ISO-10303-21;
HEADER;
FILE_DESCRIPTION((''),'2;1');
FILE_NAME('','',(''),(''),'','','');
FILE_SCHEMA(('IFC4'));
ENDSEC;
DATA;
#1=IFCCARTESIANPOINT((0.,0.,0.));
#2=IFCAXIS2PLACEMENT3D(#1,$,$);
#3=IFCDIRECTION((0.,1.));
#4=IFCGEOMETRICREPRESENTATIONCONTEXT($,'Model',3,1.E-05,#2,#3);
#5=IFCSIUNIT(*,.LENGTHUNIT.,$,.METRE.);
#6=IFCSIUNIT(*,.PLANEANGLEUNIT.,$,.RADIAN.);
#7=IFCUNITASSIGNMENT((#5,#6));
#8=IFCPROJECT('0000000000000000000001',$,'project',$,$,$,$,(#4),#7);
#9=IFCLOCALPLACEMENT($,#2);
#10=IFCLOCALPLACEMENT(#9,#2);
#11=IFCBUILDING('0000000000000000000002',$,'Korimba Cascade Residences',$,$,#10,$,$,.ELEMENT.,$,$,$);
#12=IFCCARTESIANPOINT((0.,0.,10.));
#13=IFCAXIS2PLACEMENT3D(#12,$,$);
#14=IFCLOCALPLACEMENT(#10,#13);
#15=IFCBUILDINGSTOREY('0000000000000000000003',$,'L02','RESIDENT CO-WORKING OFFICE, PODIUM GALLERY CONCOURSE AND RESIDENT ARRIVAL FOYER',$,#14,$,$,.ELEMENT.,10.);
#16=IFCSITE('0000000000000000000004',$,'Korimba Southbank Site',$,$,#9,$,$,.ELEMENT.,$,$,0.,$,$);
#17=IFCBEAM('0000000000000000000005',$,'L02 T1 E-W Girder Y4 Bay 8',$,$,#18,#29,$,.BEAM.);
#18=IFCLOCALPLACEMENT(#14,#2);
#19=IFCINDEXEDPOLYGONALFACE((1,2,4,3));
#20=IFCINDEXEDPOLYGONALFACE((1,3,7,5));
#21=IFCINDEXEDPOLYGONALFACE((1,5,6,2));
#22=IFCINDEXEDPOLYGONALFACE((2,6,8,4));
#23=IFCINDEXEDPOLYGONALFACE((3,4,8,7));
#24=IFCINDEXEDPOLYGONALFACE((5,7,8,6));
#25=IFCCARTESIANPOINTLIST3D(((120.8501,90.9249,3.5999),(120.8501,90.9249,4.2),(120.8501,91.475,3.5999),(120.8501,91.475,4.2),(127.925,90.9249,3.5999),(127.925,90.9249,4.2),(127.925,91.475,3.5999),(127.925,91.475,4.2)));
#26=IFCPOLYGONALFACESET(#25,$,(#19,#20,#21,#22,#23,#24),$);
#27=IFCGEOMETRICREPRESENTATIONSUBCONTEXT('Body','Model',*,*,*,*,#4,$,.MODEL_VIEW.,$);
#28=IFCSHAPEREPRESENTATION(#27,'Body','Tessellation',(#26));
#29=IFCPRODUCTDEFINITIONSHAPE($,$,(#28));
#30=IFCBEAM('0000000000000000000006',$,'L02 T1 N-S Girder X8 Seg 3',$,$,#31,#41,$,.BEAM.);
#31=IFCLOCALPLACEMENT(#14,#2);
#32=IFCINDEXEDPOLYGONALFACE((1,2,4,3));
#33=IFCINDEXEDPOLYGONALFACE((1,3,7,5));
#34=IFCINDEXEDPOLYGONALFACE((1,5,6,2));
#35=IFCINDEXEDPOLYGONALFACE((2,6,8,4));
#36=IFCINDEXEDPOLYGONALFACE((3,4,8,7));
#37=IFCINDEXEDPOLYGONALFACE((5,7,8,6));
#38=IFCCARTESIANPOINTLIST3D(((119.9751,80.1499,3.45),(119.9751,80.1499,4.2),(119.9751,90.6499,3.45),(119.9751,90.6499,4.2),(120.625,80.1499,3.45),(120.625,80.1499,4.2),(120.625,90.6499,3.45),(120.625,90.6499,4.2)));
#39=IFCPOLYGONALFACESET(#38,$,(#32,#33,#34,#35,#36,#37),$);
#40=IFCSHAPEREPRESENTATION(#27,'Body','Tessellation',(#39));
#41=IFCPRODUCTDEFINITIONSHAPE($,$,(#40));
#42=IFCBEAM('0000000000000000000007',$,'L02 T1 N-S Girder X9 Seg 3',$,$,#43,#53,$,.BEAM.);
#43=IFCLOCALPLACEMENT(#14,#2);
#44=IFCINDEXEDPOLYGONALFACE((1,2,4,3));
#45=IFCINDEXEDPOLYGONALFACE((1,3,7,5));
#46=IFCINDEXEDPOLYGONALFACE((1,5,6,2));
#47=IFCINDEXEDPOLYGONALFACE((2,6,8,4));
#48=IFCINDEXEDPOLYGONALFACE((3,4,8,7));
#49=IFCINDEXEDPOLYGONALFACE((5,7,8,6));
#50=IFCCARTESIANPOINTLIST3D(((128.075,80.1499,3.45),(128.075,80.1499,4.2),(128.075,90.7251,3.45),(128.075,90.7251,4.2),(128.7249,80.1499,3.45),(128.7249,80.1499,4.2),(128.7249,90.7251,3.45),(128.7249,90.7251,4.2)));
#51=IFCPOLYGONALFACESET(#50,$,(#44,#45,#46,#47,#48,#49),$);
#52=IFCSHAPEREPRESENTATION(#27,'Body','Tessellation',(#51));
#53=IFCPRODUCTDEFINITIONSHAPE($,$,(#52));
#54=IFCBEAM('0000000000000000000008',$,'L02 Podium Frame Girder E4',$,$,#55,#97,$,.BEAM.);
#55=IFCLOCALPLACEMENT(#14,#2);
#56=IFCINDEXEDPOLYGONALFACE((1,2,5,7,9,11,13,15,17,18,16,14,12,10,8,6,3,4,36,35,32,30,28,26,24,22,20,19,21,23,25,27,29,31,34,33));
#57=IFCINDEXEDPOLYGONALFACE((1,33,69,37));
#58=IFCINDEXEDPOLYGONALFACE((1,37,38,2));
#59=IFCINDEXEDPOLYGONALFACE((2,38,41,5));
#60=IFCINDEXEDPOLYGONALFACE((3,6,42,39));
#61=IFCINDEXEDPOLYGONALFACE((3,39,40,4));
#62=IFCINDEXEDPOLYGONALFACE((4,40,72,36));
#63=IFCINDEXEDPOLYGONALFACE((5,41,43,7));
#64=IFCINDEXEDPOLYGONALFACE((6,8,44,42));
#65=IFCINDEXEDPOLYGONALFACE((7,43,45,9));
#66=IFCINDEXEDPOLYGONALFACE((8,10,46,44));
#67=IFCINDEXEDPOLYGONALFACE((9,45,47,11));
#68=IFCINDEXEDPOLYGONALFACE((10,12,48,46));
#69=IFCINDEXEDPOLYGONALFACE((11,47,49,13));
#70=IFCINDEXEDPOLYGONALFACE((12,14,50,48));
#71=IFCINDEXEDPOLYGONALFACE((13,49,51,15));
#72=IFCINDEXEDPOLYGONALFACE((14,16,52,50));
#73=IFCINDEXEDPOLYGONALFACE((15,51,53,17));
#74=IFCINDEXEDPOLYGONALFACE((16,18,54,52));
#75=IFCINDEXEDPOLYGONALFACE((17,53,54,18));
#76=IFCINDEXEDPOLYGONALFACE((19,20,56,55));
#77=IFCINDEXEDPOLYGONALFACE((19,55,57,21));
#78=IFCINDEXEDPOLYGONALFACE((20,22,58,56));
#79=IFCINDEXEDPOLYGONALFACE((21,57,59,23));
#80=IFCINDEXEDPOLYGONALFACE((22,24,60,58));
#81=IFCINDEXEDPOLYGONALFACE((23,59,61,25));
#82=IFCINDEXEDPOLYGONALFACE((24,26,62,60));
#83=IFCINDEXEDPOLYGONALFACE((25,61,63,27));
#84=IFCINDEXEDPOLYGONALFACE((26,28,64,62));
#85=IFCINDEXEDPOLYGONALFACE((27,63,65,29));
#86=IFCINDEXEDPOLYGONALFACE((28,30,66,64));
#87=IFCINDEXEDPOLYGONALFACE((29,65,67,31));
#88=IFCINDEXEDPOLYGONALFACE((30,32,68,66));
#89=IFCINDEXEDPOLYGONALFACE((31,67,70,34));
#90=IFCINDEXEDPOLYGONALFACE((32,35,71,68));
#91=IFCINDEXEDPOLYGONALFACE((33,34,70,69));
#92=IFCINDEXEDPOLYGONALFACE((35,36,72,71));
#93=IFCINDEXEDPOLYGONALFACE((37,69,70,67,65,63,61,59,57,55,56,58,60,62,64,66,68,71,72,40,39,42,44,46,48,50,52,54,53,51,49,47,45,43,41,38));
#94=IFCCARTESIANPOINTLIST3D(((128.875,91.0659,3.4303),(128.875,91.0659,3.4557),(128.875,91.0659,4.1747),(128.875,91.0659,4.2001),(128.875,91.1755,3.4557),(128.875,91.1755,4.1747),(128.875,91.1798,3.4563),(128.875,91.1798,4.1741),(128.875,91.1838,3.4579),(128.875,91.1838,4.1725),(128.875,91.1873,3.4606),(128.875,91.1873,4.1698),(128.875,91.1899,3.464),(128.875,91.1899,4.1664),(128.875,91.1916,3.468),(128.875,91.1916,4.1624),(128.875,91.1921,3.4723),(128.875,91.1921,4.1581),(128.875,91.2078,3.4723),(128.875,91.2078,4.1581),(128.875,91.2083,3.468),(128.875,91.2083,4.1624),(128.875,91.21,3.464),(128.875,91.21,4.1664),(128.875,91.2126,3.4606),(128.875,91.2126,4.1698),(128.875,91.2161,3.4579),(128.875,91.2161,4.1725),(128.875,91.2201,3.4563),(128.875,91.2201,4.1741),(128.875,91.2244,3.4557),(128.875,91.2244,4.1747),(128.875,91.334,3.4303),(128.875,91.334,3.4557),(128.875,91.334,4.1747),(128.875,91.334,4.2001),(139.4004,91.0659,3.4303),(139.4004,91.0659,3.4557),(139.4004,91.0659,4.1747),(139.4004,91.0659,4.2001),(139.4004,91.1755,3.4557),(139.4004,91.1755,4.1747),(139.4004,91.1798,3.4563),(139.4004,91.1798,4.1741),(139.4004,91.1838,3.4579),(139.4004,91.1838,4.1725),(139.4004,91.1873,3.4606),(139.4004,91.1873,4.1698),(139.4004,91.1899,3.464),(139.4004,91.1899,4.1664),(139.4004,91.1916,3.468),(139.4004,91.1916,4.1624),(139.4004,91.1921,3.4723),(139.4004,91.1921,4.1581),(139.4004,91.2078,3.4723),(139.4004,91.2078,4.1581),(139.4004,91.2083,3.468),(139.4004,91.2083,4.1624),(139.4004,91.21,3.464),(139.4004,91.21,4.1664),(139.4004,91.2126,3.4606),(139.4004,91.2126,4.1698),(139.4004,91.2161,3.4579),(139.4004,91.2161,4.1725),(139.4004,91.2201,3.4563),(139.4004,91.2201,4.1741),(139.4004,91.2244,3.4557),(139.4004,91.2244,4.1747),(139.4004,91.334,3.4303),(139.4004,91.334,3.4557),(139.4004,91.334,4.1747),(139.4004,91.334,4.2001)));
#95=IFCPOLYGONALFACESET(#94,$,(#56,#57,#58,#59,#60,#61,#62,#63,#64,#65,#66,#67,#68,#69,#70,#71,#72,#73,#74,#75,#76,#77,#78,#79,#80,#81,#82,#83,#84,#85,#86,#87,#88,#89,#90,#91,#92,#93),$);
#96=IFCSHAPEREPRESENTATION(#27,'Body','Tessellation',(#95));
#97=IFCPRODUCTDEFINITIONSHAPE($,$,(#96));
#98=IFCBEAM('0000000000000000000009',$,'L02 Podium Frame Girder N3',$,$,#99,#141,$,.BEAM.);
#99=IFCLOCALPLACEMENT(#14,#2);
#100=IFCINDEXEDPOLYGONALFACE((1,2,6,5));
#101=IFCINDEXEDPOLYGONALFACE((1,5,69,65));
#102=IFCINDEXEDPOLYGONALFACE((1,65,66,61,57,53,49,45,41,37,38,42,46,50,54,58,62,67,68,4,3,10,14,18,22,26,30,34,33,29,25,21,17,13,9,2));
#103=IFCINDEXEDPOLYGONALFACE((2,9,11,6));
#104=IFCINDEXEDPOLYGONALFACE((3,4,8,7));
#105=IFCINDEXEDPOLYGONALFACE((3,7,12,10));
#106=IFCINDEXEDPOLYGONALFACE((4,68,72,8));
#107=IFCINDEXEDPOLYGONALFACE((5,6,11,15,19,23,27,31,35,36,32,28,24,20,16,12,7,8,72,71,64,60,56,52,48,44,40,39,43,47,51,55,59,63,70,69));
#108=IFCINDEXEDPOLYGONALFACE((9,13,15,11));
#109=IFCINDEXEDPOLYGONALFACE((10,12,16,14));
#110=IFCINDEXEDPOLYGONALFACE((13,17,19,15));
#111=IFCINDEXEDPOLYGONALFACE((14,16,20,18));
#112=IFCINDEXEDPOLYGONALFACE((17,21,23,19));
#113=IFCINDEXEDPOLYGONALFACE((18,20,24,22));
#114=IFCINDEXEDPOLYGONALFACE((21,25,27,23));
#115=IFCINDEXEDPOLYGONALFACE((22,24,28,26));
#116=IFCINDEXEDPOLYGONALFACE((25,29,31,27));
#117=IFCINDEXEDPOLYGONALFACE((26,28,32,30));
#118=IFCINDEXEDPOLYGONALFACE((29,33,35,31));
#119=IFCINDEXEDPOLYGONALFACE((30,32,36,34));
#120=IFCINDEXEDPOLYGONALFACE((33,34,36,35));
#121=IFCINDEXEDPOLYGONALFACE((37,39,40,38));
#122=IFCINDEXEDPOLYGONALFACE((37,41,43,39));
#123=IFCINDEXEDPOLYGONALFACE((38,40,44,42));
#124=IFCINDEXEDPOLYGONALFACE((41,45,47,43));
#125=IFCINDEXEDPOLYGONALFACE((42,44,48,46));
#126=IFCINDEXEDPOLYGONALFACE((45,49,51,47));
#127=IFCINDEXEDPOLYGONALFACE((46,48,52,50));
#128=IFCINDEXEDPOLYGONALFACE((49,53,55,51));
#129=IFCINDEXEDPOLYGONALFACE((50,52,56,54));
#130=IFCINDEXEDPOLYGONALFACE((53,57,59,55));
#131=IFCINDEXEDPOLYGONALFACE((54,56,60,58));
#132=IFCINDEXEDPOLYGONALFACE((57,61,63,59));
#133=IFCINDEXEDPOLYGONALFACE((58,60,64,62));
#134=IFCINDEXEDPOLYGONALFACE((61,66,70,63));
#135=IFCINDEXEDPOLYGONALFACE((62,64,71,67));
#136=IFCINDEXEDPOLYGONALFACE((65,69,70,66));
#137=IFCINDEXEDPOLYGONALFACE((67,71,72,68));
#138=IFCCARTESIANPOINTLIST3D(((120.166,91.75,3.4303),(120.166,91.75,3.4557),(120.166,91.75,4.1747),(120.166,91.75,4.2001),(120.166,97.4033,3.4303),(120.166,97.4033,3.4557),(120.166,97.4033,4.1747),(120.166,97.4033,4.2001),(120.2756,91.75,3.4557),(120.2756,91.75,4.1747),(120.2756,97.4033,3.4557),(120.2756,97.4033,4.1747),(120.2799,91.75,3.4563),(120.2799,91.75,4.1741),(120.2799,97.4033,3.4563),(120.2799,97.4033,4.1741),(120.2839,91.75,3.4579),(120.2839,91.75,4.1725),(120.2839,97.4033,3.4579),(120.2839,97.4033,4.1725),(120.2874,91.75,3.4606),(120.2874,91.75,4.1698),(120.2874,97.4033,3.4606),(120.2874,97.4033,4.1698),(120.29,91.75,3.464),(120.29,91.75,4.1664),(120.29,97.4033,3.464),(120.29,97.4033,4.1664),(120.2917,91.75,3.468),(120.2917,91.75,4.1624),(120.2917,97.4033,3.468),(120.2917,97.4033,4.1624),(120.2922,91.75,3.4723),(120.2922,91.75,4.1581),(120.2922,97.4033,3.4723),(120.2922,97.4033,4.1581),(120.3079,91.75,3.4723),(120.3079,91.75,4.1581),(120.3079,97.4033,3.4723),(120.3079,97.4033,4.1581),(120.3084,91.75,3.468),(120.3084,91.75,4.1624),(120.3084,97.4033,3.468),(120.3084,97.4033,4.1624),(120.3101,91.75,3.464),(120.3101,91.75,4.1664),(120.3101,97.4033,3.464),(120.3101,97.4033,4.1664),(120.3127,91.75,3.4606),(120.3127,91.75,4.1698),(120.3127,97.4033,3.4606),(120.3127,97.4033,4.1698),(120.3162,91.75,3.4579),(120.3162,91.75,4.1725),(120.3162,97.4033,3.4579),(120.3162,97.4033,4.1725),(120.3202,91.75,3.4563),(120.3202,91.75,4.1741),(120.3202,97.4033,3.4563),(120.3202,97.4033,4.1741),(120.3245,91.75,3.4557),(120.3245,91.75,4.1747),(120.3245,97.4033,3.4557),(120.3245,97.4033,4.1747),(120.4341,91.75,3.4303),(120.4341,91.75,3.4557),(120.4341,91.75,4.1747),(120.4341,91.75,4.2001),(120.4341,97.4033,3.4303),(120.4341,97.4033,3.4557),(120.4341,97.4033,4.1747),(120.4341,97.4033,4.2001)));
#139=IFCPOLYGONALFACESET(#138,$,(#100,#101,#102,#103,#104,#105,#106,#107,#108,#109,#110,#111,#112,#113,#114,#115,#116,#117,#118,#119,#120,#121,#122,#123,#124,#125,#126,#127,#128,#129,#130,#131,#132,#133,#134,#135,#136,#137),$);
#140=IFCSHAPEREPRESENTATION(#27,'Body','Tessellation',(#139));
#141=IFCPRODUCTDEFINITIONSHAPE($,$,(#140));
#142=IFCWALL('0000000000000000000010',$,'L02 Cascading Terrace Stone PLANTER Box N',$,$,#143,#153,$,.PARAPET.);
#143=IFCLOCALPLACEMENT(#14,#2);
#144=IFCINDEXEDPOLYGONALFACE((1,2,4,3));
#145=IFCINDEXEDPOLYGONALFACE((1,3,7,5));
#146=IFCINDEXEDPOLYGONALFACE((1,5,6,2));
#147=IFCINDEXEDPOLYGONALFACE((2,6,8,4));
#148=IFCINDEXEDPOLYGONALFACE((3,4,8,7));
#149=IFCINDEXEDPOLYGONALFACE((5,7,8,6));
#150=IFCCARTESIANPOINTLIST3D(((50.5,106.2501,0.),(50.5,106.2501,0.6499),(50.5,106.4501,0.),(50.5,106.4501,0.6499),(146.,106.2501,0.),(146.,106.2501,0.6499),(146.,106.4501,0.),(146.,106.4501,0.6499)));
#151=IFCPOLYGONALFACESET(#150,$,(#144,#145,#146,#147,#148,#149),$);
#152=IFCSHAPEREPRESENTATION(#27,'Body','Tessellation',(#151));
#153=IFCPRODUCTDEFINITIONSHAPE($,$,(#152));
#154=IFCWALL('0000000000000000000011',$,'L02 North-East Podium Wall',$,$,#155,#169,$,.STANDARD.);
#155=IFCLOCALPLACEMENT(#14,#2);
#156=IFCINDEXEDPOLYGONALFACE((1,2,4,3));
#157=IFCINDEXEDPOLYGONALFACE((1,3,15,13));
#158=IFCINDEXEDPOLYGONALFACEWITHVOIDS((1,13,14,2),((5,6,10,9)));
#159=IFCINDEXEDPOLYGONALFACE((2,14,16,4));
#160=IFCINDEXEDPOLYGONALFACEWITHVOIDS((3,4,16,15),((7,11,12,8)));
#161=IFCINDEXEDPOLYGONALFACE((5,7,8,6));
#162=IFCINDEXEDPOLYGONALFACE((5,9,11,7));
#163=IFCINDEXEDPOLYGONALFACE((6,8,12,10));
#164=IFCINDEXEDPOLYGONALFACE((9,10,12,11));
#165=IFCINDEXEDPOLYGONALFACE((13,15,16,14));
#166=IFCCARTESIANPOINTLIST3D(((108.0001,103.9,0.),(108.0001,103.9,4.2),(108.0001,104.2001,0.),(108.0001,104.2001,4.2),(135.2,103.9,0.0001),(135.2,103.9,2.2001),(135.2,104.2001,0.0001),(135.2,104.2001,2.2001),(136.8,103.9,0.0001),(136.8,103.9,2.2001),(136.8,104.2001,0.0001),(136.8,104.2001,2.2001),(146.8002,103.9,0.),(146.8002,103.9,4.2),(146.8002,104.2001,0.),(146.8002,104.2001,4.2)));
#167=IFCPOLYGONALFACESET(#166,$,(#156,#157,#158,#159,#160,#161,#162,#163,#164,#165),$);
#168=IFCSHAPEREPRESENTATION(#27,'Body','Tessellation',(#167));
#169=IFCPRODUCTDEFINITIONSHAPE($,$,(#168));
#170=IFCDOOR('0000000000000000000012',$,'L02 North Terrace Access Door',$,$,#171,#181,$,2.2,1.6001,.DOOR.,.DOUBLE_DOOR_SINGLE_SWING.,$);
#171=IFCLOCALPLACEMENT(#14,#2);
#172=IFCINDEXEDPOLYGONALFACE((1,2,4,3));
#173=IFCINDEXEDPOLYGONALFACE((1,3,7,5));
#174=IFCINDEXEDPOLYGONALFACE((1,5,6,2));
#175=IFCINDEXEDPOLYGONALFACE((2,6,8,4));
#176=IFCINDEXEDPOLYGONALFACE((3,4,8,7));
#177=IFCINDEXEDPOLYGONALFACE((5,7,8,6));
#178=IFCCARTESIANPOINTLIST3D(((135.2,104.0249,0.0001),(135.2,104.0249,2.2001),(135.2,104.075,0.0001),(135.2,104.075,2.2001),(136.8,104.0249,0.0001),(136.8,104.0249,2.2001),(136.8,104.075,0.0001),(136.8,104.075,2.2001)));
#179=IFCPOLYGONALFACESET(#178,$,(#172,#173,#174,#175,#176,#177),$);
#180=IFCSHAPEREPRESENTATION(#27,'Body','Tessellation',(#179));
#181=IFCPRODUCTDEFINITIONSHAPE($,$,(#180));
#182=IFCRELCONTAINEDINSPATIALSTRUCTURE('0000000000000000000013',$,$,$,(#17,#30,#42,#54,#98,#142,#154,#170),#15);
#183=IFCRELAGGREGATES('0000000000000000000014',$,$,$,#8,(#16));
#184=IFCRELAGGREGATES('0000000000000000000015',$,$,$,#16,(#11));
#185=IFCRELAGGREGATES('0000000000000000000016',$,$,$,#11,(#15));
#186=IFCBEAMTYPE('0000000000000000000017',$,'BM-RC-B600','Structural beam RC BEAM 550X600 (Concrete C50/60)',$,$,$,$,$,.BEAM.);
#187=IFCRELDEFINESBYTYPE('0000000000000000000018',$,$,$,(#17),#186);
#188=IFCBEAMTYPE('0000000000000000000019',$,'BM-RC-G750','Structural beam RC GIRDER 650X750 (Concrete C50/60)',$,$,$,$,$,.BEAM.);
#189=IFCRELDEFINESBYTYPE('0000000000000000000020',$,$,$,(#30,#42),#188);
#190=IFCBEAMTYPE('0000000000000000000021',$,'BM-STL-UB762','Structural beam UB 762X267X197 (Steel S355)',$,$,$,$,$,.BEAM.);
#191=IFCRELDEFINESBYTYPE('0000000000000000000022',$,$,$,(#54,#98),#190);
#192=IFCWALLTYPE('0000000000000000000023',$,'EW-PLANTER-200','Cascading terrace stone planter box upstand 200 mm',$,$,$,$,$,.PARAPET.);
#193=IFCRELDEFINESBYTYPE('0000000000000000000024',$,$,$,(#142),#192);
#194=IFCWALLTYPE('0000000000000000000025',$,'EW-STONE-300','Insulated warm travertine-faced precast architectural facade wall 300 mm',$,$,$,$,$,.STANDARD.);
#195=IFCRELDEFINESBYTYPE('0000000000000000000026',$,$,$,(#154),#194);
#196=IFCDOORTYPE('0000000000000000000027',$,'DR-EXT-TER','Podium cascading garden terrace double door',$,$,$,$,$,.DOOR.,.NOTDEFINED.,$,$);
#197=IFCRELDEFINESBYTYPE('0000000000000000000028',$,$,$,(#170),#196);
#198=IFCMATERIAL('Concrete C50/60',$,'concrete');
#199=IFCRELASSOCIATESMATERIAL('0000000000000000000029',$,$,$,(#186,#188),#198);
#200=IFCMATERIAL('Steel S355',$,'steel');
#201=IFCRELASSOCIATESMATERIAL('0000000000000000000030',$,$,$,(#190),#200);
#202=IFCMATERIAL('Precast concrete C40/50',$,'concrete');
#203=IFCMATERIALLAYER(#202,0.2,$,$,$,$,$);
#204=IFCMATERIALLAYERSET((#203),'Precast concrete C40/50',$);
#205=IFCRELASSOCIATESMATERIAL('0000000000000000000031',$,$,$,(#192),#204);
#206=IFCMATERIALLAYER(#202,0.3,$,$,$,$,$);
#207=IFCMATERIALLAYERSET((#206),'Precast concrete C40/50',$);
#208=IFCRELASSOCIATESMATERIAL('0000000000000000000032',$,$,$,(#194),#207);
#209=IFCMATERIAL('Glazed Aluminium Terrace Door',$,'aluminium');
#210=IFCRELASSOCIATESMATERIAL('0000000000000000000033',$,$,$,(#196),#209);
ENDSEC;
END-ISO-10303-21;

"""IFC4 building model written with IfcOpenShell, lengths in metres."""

from ifc_helpers import new_model, si_unit, direction, frame, frame_2d, origin, origin_2d, place, context, subcontext, project, spatial, rectangle, i_section, extrude, material, layer, layer_set, material_profile, profile_set, type_object, element, fill, save


model = new_model("IFC4")

# Units and contexts
model_context = context("Model", 3, precision=1e-05, world=origin(), true_north=direction((0.0, 1.0)))
body_context = subcontext(model_context, "Body", "Model", "MODEL_VIEW")
ifc_project = project(units=[si_unit("LENGTHUNIT", "METRE"), si_unit("PLANEANGLEUNIT", "RADIAN")], contexts=[model_context])

# Site, building, storey
site_placement = place(None, origin())
site = spatial("IfcSite", under=ifc_project, at=site_placement, Name="Korimba Southbank Site", CompositionType="ELEMENT", RefElevation=0.0)
building_placement = place(site_placement, origin())
building = spatial("IfcBuilding", under=site, at=building_placement, Name="Korimba Cascade Residences", CompositionType="ELEMENT")
storey_placement = place(building_placement, frame((0.0, 0.0, 10.0)))
storey = spatial("IfcBuildingStorey", under=building, at=storey_placement, Name="L02", Description="RESIDENT CO-WORKING OFFICE, PODIUM GALLERY CONCOURSE AND RESIDENT ARRIVAL FOYER", CompositionType="ELEMENT", Elevation=10.0)

# Shared definitions
ifc_material_1 = material(Name="Steel S355", Category="steel")

# Beams
ifc_material_2 = material(Name="Concrete C50/60", Category="concrete")
ifc_material_profile_1 = material_profile(ifc_material_2, rectangle(XDim=0.55, YDim=0.6001, at=origin_2d()), Name="Concrete C50/60")
ifc_profile_set_1 = profile_set([ifc_material_profile_1], Name="Concrete C50/60")
beam_type_1 = type_object("IfcBeamType", Name="BM-RC-B600", Description="Structural beam RC BEAM 550X600 (Concrete C50/60)", PredefinedType="BEAM", material=ifc_profile_set_1)
beam_1_placement = place(storey_placement, frame((120.8501, 91.2, 3.8999), z_axis=(1.0, 0.0, 0.0), x_axis=(0.0, 1.0, 0.0)))
element("IfcBeam", 1, at=beam_1_placement, inside=storey, type_object=beam_type_1, Name="L02 T1 E-W Girder Y4 Bay 8", PredefinedType="BEAM", context=body_context, shape_type="SweptSolid", body=[
    extrude(rectangle(XDim=0.55, YDim=0.6001, at=origin_2d()), origin(), (0.0, 0.0, 1.0), 7.075),
])
ifc_material_profile_2 = material_profile(ifc_material_2, rectangle(XDim=0.6499, YDim=0.75, at=origin_2d()), Name="Concrete C50/60")
ifc_profile_set_2 = profile_set([ifc_material_profile_2], Name="Concrete C50/60")
beam_type_2 = type_object("IfcBeamType", Name="BM-RC-G750", Description="Structural beam RC GIRDER 650X750 (Concrete C50/60)", PredefinedType="BEAM", material=ifc_profile_set_2)
beam_2_placement = place(storey_placement, frame((120.3, 80.1499, 3.825), z_axis=(0.0, 1.0, 0.0), x_axis=(-1.0, 0.0, 0.0)))
element("IfcBeam", 2, at=beam_2_placement, inside=storey, type_object=beam_type_2, Name="L02 T1 N-S Girder X8 Seg 3", PredefinedType="BEAM", context=body_context, shape_type="SweptSolid", body=[
    extrude(rectangle(XDim=0.6499, YDim=0.75, at=origin_2d()), origin(), (0.0, 0.0, 1.0), 10.5),
])
beam_3_placement = place(storey_placement, frame((128.3999, 80.1499, 3.825), z_axis=(0.0, 1.0, 0.0), x_axis=(-1.0, 0.0, 0.0)))
element("IfcBeam", 3, at=beam_3_placement, inside=storey, type_object=beam_type_2, Name="L02 T1 N-S Girder X9 Seg 3", PredefinedType="BEAM", context=body_context, shape_type="SweptSolid", body=[
    extrude(rectangle(XDim=0.6499, YDim=0.75, at=origin_2d()), origin(), (0.0, 0.0, 1.0), 10.5752),
])
ifc_material_profile_3 = material_profile(ifc_material_1, i_section(OverallWidth=0.2681, OverallDepth=0.7698, WebThickness=0.0156, FlangeThickness=0.0254, FilletRadius=0.0166, at=origin_2d()), Name="Steel S355")
ifc_profile_set_3 = profile_set([ifc_material_profile_3], Name="Steel S355")
beam_type_3 = type_object("IfcBeamType", Name="BM-STL-UB762", Description="Structural beam UB 762X267X197 (Steel S355)", PredefinedType="BEAM", material=ifc_profile_set_3)
beam_4_placement = place(storey_placement, frame((128.875, 91.2, 3.8152), z_axis=(1.0, 0.0, 0.0), x_axis=(0.0, 1.0, 0.0)))
element("IfcBeam", 4, at=beam_4_placement, inside=storey, type_object=beam_type_3, Name="L02 Podium Frame Girder E4", PredefinedType="BEAM", context=body_context, shape_type="SweptSolid", body=[
    extrude(i_section(OverallWidth=0.2681, OverallDepth=0.7698, WebThickness=0.0156, FlangeThickness=0.0254, FilletRadius=0.0166, at=origin_2d()), origin(), (0.0, 0.0, 1.0), 10.5254),
])
beam_5_placement = place(storey_placement, frame((120.3, 91.75, 3.8152), z_axis=(0.0, 1.0, 0.0), x_axis=(-1.0, 0.0, 0.0)))
element("IfcBeam", 5, at=beam_5_placement, inside=storey, type_object=beam_type_3, Name="L02 Podium Frame Girder N3", PredefinedType="BEAM", context=body_context, shape_type="SweptSolid", body=[
    extrude(i_section(OverallWidth=0.2681, OverallDepth=0.7698, WebThickness=0.0156, FlangeThickness=0.0254, FilletRadius=0.0166, at=origin_2d()), origin(), (0.0, 0.0, 1.0), 5.6533),
])

# Wall
ifc_material_3 = material(Name="Precast concrete C40/50", Category="concrete")
ifc_layer_1 = layer(ifc_material_3, 0.2)
ifc_layer_set_1 = layer_set([ifc_layer_1], Name="Precast concrete C40/50")
wall_type_1 = type_object("IfcWallType", Name="EW-PLANTER-200", Description="Cascading terrace stone planter box upstand 200 mm", PredefinedType="PARAPET", material=ifc_layer_set_1)
wall_1_placement = place(storey_placement, frame((146.0, 106.3501, 0.0), z_axis=(0.0, 0.0, 1.0), x_axis=(-1.0, 0.0, 0.0)))
element("IfcWall", 6, at=wall_1_placement, inside=storey, type_object=wall_type_1, Name="L02 Cascading Terrace Stone PLANTER Box N", PredefinedType="PARAPET", context=body_context, shape_type="SweptSolid", body=[
    extrude(rectangle(XDim=95.5, YDim=0.2, at=frame_2d((47.75, 0.0))), origin(), (0.0, 0.0, 1.0), 0.6499),
])

# Wall, opening, door
ifc_layer_2 = layer(ifc_material_3, 0.3)
ifc_layer_set_2 = layer_set([ifc_layer_2], Name="Precast concrete C40/50")
wall_type_2 = type_object("IfcWallType", Name="EW-STONE-300", Description="Insulated warm travertine-faced precast architectural facade wall 300 mm", PredefinedType="STANDARD", material=ifc_layer_set_2)
wall_2_placement = place(storey_placement, frame((146.8, 104.05, 0.0), z_axis=(0.0, 0.0, 1.0), x_axis=(-1.0, 0.0, 0.0)))
wall_2 = element("IfcWall", 7, at=wall_2_placement, inside=storey, type_object=wall_type_2, Name="L02 North-East Podium Wall", PredefinedType="STANDARD", context=body_context, shape_type="SweptSolid", body=[
    extrude(rectangle(XDim=38.8, YDim=0.3, at=frame_2d((19.3999, 0.0))), origin(), (0.0, 0.0, 1.0), 4.2),
])
opening_1_placement = place(wall_2_placement, frame((10.0, 0.0, 0.0)))
opening_1 = element("IfcOpeningElement", 8, at=opening_1_placement, cuts=wall_2, PredefinedType="OPENING", context=body_context, shape_type="SweptSolid", body=[
    extrude(rectangle(XDim=1.6001, YDim=2.2, at=frame_2d((0.8, 1.1001))), frame((0.0, 0.1602, 0.0), z_axis=(0.0, -1.0, 0.0), x_axis=(1.0, 0.0, 0.0)), (0.0, 0.0, 1.0), 0.3201),
])
ifc_material_4 = material(Name="Glazed Aluminium Terrace Door", Category="aluminium")
door_type_1 = type_object("IfcDoorType", Name="DR-EXT-TER", Description="Podium cascading garden terrace double door", OperationType="NOTDEFINED", PredefinedType="DOOR", material=ifc_material_4)
door_1_placement = place(opening_1_placement, frame((1.6001, 0.0, 0.0), z_axis=(0.0, 0.0, 1.0), x_axis=(-1.0, 0.0, 0.0)))
door_1 = element("IfcDoor", 9, at=door_1_placement, inside=storey, type_object=door_type_1, Name="L02 North Terrace Access Door", OperationType="DOUBLE_DOOR_SINGLE_SWING", OverallHeight=2.2, OverallWidth=1.6001, PredefinedType="DOOR", context=body_context, shape_type="SweptSolid", body=[
    extrude(rectangle(XDim=1.6001, YDim=2.2, at=frame_2d((0.8, 1.1001))), frame((0.0, 0.0249, 0.0), z_axis=(0.0, -1.0, 0.0), x_axis=(1.0, 0.0, 0.0)), (0.0, 0.0, 1.0), 0.05),
])
fill(opening_1, door_1)

save(model, "model.ifc")
